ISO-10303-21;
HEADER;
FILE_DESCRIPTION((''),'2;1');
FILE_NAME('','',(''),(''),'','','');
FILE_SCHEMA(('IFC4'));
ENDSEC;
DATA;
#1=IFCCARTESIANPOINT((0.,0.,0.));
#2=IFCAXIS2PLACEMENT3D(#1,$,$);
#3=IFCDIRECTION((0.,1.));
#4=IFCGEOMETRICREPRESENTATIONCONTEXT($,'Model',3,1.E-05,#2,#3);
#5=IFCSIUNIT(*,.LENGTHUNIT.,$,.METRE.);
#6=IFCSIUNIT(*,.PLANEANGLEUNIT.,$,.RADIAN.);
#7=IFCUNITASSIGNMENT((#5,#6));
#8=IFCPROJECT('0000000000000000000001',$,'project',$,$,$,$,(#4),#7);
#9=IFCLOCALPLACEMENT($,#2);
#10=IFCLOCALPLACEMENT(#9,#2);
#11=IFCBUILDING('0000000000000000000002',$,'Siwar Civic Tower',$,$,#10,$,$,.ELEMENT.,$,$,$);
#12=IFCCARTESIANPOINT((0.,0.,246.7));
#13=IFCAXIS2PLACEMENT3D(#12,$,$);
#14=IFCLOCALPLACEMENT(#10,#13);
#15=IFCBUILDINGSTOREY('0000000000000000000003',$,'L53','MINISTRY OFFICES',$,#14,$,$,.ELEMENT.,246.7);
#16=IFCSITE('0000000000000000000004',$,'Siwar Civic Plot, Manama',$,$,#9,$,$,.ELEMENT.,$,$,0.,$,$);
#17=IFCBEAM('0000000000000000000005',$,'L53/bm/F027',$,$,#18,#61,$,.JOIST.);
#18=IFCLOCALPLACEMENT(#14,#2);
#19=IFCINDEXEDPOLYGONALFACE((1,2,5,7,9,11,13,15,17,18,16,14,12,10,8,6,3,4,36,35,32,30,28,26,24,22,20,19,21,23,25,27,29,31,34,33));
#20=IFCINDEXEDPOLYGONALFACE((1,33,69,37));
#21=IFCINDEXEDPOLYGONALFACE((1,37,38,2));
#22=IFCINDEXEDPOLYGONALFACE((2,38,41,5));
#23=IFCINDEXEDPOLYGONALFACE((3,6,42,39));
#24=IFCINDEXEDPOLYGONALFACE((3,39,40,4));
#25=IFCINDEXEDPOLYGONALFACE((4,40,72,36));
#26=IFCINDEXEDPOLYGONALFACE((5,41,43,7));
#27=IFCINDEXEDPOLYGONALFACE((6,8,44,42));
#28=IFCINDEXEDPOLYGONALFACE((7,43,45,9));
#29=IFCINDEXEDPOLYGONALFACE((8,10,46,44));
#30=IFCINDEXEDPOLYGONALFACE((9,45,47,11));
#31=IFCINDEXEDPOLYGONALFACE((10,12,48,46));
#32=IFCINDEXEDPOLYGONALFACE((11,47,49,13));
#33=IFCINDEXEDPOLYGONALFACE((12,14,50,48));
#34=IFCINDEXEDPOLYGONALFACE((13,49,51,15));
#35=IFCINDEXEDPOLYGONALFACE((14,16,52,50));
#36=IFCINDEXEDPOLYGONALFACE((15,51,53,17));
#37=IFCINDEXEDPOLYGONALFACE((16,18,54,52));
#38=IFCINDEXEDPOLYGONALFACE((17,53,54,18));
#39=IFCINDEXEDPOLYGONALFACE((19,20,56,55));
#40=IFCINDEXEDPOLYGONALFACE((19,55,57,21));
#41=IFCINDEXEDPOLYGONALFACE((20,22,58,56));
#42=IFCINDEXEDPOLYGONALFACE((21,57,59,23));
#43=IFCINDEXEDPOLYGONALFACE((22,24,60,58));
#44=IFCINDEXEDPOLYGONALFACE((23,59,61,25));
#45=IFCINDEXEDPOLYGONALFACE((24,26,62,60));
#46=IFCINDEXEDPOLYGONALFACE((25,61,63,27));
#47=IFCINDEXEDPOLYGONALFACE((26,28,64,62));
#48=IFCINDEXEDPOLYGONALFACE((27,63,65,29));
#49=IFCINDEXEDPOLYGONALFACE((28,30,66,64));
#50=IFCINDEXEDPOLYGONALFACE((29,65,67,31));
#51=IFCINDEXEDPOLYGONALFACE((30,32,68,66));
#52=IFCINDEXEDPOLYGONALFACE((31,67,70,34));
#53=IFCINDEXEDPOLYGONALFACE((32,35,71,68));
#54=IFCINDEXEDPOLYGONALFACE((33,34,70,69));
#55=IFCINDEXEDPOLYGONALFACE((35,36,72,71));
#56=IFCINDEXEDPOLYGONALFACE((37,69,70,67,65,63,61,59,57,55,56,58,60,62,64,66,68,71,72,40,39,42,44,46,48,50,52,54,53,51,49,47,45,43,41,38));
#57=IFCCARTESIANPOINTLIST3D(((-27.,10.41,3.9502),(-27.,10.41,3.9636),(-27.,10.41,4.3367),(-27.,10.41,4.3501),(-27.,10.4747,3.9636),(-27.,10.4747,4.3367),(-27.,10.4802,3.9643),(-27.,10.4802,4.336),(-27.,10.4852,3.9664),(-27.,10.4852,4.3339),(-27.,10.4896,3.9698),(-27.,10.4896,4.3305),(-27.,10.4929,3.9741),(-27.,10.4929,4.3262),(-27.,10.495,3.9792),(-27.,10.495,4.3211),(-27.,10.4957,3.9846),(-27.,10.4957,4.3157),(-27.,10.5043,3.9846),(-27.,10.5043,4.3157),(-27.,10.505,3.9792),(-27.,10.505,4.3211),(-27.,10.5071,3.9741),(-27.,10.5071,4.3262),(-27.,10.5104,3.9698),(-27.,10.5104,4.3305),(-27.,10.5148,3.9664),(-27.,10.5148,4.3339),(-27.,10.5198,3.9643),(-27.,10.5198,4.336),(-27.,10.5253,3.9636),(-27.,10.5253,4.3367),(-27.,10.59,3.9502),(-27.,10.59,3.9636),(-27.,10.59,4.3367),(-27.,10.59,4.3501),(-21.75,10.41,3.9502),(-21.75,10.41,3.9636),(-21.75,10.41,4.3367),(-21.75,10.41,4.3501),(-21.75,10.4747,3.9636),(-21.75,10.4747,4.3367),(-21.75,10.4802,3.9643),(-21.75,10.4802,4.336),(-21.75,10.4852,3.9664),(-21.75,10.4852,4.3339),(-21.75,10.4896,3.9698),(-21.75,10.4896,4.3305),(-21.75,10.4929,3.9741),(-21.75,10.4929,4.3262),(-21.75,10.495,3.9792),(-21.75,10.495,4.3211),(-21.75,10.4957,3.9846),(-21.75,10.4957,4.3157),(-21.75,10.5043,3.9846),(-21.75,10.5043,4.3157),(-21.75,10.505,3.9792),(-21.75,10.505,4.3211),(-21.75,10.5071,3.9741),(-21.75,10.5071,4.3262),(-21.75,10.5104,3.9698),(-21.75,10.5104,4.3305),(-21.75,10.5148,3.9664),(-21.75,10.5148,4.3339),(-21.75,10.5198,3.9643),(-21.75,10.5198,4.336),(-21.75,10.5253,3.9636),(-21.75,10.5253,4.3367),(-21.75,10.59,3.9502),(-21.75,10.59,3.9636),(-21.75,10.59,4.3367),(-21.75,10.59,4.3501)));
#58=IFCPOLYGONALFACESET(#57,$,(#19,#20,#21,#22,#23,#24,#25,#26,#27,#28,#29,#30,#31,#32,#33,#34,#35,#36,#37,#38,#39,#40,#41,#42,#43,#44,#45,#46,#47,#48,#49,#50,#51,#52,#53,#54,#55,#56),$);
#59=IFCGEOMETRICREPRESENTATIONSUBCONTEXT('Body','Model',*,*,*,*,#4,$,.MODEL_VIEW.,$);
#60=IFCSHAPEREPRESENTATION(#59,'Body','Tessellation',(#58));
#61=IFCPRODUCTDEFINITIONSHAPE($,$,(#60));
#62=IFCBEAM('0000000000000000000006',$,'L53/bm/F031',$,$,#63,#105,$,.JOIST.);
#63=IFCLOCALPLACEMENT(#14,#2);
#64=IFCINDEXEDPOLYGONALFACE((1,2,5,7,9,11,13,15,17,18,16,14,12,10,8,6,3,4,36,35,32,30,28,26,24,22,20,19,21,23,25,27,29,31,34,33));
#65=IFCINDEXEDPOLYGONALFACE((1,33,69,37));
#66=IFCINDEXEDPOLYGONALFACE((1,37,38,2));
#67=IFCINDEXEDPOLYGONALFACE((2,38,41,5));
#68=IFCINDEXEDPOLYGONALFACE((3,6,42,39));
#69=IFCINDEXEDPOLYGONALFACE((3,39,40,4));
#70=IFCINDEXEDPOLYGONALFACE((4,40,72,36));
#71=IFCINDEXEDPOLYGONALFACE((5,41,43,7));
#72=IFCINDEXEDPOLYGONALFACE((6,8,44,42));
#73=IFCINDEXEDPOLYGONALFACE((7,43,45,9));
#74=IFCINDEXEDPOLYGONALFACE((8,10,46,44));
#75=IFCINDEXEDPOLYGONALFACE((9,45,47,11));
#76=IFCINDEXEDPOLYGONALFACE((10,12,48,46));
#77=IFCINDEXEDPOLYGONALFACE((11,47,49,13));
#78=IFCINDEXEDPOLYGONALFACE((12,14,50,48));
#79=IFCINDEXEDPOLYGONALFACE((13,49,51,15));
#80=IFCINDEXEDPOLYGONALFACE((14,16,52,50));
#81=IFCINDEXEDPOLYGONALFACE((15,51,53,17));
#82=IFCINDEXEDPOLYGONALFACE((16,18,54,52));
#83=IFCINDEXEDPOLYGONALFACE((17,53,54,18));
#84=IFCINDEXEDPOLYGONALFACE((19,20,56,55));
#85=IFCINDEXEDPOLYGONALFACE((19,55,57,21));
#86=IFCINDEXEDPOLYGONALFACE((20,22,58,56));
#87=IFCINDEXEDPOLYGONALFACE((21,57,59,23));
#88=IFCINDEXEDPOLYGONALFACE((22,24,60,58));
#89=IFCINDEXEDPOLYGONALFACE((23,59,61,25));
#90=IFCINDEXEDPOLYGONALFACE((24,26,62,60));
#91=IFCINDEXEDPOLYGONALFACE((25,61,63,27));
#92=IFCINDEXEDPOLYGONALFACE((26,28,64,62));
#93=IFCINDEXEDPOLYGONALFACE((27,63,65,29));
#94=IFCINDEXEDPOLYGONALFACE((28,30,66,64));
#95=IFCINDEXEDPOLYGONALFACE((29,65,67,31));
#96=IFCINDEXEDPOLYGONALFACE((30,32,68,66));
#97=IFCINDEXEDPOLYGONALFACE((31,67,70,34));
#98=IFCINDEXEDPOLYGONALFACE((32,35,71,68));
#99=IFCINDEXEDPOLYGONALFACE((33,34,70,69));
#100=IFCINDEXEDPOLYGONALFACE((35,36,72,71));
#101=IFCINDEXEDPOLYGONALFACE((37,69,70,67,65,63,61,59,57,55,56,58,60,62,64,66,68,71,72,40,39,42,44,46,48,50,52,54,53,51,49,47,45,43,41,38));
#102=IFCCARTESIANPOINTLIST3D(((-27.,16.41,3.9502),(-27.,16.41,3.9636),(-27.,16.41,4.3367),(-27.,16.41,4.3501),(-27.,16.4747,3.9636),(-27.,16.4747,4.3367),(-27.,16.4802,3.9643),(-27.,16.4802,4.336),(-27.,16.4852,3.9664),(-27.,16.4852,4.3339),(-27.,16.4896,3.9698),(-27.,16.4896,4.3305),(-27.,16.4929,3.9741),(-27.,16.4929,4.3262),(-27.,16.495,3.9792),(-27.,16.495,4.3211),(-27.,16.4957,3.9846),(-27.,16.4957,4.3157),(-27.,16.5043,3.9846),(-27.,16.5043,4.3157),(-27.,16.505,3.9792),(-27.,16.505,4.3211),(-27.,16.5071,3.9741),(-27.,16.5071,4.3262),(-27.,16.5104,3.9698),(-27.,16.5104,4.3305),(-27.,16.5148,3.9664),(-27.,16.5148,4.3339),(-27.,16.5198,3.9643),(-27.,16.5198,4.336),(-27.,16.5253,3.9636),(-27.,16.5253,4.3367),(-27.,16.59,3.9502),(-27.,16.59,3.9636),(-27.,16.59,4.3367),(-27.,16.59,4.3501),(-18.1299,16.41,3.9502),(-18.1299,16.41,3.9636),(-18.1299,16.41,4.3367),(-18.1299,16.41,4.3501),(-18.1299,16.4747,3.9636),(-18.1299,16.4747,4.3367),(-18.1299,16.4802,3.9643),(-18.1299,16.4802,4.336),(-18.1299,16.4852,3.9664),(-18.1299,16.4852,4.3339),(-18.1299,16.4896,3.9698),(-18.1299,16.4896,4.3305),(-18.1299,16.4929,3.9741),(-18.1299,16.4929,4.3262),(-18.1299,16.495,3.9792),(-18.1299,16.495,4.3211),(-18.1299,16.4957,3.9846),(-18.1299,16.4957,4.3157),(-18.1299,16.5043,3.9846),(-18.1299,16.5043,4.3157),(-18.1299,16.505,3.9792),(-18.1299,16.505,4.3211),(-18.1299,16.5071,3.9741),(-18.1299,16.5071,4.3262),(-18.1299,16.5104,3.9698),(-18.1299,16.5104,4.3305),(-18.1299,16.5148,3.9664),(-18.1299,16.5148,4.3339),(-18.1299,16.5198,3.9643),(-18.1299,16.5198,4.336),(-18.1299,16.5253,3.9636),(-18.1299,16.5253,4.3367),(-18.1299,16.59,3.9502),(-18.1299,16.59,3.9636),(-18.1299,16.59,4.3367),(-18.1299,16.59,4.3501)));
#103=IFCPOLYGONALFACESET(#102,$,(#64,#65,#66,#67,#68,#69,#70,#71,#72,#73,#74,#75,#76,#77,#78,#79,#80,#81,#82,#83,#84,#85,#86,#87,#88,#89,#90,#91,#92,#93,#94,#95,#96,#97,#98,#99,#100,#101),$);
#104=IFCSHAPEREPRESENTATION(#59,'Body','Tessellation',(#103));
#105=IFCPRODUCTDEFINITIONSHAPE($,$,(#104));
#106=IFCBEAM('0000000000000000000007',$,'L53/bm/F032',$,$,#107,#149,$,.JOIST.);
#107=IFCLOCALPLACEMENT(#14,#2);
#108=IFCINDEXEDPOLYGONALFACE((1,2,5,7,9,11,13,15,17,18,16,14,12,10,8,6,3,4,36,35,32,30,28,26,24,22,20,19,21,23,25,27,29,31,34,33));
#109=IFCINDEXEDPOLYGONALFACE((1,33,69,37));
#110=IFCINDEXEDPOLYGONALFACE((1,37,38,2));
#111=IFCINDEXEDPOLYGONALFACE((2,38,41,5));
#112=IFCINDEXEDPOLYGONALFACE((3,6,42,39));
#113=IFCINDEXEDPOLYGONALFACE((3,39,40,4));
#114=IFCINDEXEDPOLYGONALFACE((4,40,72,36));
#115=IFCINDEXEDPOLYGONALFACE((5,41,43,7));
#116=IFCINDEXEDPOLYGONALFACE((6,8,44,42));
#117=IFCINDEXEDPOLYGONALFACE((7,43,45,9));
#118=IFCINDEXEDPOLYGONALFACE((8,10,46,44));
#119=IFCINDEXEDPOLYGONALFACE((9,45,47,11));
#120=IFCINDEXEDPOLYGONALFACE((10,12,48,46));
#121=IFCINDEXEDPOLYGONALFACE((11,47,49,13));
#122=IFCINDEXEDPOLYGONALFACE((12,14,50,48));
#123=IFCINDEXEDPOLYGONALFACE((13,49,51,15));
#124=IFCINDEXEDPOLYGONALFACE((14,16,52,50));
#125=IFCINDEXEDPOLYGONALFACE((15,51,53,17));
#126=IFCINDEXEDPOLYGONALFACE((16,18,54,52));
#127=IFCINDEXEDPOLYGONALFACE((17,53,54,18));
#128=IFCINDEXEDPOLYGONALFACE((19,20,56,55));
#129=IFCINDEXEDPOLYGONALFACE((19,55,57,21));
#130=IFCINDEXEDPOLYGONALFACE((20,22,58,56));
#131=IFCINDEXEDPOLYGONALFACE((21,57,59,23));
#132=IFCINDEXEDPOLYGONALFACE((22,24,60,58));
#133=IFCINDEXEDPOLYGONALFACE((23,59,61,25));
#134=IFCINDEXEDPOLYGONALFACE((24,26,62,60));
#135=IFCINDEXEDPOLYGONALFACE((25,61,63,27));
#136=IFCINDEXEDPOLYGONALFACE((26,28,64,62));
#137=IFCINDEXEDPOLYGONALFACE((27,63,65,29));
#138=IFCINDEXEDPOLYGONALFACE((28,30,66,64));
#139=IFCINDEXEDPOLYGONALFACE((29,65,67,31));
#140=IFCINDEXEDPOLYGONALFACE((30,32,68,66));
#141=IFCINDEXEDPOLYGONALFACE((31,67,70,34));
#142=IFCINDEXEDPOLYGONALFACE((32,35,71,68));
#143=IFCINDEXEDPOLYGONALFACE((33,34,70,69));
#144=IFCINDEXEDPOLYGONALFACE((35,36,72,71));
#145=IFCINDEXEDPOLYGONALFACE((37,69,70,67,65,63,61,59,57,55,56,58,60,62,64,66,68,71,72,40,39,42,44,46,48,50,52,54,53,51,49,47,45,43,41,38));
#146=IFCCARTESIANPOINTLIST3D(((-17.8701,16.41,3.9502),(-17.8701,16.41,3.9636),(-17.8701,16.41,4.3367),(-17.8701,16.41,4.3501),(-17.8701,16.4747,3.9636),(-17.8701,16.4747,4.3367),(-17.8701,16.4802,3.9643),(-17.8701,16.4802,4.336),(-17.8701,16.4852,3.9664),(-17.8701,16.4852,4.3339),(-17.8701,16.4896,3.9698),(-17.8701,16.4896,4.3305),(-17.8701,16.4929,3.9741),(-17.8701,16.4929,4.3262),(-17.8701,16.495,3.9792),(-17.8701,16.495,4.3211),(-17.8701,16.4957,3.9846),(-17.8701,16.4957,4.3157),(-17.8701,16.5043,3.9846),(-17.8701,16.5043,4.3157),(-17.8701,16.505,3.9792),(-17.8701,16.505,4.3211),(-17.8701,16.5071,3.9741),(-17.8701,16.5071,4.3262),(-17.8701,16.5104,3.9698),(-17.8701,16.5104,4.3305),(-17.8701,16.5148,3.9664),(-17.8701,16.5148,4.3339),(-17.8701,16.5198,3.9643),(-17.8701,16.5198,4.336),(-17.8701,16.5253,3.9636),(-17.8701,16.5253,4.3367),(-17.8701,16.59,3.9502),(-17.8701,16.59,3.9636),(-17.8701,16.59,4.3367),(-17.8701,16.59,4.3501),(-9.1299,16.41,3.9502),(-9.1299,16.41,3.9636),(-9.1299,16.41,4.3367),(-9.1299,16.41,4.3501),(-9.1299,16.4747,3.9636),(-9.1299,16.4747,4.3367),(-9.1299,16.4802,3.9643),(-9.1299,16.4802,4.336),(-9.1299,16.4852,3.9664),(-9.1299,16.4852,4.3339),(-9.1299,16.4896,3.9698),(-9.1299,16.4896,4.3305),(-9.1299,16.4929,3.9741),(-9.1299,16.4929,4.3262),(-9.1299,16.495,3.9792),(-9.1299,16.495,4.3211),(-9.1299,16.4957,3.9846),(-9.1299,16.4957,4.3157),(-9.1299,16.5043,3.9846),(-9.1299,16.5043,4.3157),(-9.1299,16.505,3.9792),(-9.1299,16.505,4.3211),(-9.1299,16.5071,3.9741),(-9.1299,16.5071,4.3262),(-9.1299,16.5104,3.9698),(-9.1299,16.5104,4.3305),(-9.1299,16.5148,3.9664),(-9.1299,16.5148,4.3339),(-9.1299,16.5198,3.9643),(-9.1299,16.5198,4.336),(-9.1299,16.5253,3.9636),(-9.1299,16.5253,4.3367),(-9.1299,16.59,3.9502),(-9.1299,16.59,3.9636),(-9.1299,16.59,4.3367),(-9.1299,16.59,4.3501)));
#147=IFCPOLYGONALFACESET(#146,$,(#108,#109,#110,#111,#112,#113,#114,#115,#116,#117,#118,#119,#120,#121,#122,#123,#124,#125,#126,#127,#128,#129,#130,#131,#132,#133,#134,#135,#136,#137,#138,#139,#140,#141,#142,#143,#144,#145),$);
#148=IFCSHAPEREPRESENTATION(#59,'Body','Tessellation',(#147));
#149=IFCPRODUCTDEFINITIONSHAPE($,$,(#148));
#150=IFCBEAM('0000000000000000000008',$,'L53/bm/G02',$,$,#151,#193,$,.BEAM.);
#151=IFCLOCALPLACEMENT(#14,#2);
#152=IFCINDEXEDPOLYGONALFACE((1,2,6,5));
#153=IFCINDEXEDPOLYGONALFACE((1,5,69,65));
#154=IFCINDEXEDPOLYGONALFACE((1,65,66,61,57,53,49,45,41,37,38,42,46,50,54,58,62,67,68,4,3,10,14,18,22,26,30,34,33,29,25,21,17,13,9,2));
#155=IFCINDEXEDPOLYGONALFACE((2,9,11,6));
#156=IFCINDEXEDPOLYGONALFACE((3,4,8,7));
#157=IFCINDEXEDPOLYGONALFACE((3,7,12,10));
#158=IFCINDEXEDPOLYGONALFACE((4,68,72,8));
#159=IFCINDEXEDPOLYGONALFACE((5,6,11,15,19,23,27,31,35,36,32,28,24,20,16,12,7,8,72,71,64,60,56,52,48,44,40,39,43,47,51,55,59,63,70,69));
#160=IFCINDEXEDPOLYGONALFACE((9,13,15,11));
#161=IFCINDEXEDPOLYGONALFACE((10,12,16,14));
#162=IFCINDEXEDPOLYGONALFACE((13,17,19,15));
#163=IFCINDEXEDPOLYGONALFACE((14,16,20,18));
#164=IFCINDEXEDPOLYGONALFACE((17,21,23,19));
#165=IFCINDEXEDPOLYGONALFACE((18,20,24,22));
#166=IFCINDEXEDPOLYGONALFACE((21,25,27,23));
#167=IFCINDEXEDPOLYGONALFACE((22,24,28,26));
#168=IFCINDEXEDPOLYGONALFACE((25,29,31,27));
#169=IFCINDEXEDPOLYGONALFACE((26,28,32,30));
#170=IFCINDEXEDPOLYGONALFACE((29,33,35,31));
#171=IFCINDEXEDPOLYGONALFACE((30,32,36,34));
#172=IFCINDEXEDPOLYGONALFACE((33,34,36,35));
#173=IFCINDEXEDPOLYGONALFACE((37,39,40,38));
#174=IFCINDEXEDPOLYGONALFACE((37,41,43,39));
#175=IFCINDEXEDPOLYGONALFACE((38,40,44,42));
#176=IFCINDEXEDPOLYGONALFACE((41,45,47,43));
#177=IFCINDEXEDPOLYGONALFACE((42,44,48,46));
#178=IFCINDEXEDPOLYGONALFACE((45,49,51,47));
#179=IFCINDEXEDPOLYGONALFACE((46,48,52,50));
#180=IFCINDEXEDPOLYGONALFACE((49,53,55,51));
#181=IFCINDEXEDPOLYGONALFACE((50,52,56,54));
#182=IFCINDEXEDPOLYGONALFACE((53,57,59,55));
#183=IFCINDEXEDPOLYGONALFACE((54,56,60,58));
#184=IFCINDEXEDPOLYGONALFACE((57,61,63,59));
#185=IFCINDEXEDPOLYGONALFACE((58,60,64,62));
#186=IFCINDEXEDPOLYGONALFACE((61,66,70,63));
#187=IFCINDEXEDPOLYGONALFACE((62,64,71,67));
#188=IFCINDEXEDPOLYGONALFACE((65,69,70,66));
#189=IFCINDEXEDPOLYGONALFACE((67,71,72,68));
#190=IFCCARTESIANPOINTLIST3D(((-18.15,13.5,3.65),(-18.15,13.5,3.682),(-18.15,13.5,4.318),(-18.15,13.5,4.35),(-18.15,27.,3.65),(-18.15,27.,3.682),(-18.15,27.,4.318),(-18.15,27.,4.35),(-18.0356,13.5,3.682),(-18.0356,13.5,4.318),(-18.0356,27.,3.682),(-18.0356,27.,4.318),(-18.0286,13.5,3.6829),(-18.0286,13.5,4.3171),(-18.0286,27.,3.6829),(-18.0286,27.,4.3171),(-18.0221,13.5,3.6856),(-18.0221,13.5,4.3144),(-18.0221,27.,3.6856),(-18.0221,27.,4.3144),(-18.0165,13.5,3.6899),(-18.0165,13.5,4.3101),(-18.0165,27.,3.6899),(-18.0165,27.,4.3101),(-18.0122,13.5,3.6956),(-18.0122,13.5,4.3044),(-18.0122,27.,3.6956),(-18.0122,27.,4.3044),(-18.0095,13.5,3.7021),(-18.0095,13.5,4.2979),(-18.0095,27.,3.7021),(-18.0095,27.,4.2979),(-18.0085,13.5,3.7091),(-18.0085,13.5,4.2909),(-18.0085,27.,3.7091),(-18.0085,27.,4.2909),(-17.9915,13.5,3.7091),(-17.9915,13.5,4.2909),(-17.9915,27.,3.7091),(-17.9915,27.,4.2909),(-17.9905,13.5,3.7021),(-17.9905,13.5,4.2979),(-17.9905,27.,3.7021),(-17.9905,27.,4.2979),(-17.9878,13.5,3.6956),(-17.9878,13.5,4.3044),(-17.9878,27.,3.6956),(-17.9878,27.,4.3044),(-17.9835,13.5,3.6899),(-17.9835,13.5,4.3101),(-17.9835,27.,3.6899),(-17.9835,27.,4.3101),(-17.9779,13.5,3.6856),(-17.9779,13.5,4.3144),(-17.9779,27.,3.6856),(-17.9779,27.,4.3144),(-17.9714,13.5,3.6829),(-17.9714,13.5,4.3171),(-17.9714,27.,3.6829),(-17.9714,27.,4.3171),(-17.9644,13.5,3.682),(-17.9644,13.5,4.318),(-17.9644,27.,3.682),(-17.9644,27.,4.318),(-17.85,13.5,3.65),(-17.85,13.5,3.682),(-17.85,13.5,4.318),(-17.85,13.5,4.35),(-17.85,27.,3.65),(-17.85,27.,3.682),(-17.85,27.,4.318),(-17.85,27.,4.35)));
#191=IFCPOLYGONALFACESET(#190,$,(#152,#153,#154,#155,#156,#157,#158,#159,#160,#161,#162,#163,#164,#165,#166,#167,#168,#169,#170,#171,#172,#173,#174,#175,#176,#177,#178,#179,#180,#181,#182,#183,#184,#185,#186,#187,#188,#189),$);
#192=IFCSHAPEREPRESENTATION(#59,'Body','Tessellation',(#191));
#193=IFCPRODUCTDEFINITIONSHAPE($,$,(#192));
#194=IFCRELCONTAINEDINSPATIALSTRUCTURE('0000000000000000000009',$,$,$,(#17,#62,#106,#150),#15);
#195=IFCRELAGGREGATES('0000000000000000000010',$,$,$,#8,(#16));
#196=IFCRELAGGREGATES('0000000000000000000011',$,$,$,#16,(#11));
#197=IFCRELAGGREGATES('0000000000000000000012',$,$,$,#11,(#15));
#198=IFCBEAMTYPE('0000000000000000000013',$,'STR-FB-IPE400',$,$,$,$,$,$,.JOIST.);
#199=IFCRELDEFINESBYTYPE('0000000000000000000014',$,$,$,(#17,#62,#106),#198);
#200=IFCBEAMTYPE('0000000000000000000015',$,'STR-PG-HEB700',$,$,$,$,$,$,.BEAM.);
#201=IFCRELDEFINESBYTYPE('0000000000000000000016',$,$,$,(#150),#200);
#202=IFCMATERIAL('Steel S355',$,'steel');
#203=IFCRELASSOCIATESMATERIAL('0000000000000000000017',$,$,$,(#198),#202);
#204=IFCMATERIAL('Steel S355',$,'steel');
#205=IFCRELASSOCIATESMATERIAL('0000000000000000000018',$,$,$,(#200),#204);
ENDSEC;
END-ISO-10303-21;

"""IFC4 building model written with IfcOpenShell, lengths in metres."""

from ifc_helpers import new_model, si_unit, direction, frame, origin, origin_2d, place, context, subcontext, project, spatial, i_section, extrude, material, material_profile, profile_set, type_object, element, save


model = new_model("IFC4")

# Units and contexts
model_context = context("Model", 3, precision=1e-05, world=origin(), true_north=direction((0.0, 1.0)))
body_context = subcontext(model_context, "Body", "Model", "MODEL_VIEW")
ifc_project = project(units=[si_unit("LENGTHUNIT", "METRE"), si_unit("PLANEANGLEUNIT", "RADIAN")], contexts=[model_context])

# Site, building, storey
site_placement = place(None, origin())
site = spatial("IfcSite", under=ifc_project, at=site_placement, Name="Siwar Civic Plot, Manama", CompositionType="ELEMENT", RefElevation=0.0)
building_placement = place(site_placement, origin())
building = spatial("IfcBuilding", under=site, at=building_placement, Name="Siwar Civic Tower", CompositionType="ELEMENT")
storey_placement = place(building_placement, frame((0.0, 0.0, 246.7)))
storey = spatial("IfcBuildingStorey", under=building, at=storey_placement, Name="L53", Description="MINISTRY OFFICES", CompositionType="ELEMENT", Elevation=246.7)

# Beams
ifc_material_1 = material(Name="Steel S355", Category="steel")
ifc_material_profile_1 = material_profile(ifc_material_1, i_section(OverallWidth=0.1799, OverallDepth=0.3999, WebThickness=0.0085, FlangeThickness=0.0134, FilletRadius=0.021, at=origin_2d()), Name="IPE400")
ifc_profile_set_1 = profile_set([ifc_material_profile_1], Name="Steel S355")
beam_type_1 = type_object("IfcBeamType", Name="STR-FB-IPE400", PredefinedType="JOIST", material=ifc_profile_set_1)
for number, where, z_axis, x_axis, name in (
    (1, (-27.0, 10.5, 4.1501), (1.0, 0.0, 0.0), (0.0, 1.0, 0.0), "L53/bm/F027"),
):
    element("IfcBeam", number, at=place(storey_placement, frame(where, z_axis=z_axis, x_axis=x_axis)), inside=storey, type_object=beam_type_1, Name=name, PredefinedType="JOIST", context=body_context, shape_type="SweptSolid", body=[
        extrude(i_section(OverallWidth=0.1799, OverallDepth=0.3999, WebThickness=0.0085, FlangeThickness=0.0134, FilletRadius=0.021, at=origin_2d()), origin(), (0.0, 0.0, 1.0), 5.25),
    ])
beam_1_placement = place(storey_placement, frame((-27.0, 16.5, 4.1501), z_axis=(1.0, 0.0, 0.0), x_axis=(0.0, 1.0, 0.0)))
element("IfcBeam", 2, at=beam_1_placement, inside=storey, type_object=beam_type_1, Name="L53/bm/F031", PredefinedType="JOIST", context=body_context, shape_type="SweptSolid", body=[
    extrude(i_section(OverallWidth=0.1799, OverallDepth=0.3999, WebThickness=0.0085, FlangeThickness=0.0134, FilletRadius=0.021, at=origin_2d()), origin(), (0.0, 0.0, 1.0), 8.8701),
])
beam_2_placement = place(storey_placement, frame((-17.8701, 16.5, 4.1501), z_axis=(1.0, 0.0, 0.0), x_axis=(0.0, 1.0, 0.0)))
element("IfcBeam", 3, at=beam_2_placement, inside=storey, type_object=beam_type_1, Name="L53/bm/F032", PredefinedType="JOIST", context=body_context, shape_type="SweptSolid", body=[
    extrude(i_section(OverallWidth=0.1799, OverallDepth=0.3999, WebThickness=0.0085, FlangeThickness=0.0134, FilletRadius=0.021, at=origin_2d()), origin(), (0.0, 0.0, 1.0), 8.7402),
])
ifc_material_2 = material(Name="Steel S355", Category="steel")
ifc_material_profile_2 = material_profile(ifc_material_2, i_section(OverallWidth=0.3, OverallDepth=0.7, WebThickness=0.0171, FlangeThickness=0.032, FilletRadius=0.0271, at=origin_2d()), Name="HEB700")
ifc_profile_set_2 = profile_set([ifc_material_profile_2], Name="Steel S355")
beam_type_2 = type_object("IfcBeamType", Name="STR-PG-HEB700", PredefinedType="BEAM", material=ifc_profile_set_2)
beam_3_placement = place(storey_placement, frame((-18.0, 13.5, 4.0), z_axis=(0.0, 1.0, 0.0), x_axis=(-1.0, 0.0, 0.0)))
element("IfcBeam", 4, at=beam_3_placement, inside=storey, type_object=beam_type_2, Name="L53/bm/G02", PredefinedType="BEAM", context=body_context, shape_type="SweptSolid", body=[
    extrude(i_section(OverallWidth=0.3, OverallDepth=0.7, WebThickness=0.0171, FlangeThickness=0.032, FilletRadius=0.0271, at=origin_2d()), origin(), (0.0, 0.0, 1.0), 13.5),
])

save(model, "model.ifc")
